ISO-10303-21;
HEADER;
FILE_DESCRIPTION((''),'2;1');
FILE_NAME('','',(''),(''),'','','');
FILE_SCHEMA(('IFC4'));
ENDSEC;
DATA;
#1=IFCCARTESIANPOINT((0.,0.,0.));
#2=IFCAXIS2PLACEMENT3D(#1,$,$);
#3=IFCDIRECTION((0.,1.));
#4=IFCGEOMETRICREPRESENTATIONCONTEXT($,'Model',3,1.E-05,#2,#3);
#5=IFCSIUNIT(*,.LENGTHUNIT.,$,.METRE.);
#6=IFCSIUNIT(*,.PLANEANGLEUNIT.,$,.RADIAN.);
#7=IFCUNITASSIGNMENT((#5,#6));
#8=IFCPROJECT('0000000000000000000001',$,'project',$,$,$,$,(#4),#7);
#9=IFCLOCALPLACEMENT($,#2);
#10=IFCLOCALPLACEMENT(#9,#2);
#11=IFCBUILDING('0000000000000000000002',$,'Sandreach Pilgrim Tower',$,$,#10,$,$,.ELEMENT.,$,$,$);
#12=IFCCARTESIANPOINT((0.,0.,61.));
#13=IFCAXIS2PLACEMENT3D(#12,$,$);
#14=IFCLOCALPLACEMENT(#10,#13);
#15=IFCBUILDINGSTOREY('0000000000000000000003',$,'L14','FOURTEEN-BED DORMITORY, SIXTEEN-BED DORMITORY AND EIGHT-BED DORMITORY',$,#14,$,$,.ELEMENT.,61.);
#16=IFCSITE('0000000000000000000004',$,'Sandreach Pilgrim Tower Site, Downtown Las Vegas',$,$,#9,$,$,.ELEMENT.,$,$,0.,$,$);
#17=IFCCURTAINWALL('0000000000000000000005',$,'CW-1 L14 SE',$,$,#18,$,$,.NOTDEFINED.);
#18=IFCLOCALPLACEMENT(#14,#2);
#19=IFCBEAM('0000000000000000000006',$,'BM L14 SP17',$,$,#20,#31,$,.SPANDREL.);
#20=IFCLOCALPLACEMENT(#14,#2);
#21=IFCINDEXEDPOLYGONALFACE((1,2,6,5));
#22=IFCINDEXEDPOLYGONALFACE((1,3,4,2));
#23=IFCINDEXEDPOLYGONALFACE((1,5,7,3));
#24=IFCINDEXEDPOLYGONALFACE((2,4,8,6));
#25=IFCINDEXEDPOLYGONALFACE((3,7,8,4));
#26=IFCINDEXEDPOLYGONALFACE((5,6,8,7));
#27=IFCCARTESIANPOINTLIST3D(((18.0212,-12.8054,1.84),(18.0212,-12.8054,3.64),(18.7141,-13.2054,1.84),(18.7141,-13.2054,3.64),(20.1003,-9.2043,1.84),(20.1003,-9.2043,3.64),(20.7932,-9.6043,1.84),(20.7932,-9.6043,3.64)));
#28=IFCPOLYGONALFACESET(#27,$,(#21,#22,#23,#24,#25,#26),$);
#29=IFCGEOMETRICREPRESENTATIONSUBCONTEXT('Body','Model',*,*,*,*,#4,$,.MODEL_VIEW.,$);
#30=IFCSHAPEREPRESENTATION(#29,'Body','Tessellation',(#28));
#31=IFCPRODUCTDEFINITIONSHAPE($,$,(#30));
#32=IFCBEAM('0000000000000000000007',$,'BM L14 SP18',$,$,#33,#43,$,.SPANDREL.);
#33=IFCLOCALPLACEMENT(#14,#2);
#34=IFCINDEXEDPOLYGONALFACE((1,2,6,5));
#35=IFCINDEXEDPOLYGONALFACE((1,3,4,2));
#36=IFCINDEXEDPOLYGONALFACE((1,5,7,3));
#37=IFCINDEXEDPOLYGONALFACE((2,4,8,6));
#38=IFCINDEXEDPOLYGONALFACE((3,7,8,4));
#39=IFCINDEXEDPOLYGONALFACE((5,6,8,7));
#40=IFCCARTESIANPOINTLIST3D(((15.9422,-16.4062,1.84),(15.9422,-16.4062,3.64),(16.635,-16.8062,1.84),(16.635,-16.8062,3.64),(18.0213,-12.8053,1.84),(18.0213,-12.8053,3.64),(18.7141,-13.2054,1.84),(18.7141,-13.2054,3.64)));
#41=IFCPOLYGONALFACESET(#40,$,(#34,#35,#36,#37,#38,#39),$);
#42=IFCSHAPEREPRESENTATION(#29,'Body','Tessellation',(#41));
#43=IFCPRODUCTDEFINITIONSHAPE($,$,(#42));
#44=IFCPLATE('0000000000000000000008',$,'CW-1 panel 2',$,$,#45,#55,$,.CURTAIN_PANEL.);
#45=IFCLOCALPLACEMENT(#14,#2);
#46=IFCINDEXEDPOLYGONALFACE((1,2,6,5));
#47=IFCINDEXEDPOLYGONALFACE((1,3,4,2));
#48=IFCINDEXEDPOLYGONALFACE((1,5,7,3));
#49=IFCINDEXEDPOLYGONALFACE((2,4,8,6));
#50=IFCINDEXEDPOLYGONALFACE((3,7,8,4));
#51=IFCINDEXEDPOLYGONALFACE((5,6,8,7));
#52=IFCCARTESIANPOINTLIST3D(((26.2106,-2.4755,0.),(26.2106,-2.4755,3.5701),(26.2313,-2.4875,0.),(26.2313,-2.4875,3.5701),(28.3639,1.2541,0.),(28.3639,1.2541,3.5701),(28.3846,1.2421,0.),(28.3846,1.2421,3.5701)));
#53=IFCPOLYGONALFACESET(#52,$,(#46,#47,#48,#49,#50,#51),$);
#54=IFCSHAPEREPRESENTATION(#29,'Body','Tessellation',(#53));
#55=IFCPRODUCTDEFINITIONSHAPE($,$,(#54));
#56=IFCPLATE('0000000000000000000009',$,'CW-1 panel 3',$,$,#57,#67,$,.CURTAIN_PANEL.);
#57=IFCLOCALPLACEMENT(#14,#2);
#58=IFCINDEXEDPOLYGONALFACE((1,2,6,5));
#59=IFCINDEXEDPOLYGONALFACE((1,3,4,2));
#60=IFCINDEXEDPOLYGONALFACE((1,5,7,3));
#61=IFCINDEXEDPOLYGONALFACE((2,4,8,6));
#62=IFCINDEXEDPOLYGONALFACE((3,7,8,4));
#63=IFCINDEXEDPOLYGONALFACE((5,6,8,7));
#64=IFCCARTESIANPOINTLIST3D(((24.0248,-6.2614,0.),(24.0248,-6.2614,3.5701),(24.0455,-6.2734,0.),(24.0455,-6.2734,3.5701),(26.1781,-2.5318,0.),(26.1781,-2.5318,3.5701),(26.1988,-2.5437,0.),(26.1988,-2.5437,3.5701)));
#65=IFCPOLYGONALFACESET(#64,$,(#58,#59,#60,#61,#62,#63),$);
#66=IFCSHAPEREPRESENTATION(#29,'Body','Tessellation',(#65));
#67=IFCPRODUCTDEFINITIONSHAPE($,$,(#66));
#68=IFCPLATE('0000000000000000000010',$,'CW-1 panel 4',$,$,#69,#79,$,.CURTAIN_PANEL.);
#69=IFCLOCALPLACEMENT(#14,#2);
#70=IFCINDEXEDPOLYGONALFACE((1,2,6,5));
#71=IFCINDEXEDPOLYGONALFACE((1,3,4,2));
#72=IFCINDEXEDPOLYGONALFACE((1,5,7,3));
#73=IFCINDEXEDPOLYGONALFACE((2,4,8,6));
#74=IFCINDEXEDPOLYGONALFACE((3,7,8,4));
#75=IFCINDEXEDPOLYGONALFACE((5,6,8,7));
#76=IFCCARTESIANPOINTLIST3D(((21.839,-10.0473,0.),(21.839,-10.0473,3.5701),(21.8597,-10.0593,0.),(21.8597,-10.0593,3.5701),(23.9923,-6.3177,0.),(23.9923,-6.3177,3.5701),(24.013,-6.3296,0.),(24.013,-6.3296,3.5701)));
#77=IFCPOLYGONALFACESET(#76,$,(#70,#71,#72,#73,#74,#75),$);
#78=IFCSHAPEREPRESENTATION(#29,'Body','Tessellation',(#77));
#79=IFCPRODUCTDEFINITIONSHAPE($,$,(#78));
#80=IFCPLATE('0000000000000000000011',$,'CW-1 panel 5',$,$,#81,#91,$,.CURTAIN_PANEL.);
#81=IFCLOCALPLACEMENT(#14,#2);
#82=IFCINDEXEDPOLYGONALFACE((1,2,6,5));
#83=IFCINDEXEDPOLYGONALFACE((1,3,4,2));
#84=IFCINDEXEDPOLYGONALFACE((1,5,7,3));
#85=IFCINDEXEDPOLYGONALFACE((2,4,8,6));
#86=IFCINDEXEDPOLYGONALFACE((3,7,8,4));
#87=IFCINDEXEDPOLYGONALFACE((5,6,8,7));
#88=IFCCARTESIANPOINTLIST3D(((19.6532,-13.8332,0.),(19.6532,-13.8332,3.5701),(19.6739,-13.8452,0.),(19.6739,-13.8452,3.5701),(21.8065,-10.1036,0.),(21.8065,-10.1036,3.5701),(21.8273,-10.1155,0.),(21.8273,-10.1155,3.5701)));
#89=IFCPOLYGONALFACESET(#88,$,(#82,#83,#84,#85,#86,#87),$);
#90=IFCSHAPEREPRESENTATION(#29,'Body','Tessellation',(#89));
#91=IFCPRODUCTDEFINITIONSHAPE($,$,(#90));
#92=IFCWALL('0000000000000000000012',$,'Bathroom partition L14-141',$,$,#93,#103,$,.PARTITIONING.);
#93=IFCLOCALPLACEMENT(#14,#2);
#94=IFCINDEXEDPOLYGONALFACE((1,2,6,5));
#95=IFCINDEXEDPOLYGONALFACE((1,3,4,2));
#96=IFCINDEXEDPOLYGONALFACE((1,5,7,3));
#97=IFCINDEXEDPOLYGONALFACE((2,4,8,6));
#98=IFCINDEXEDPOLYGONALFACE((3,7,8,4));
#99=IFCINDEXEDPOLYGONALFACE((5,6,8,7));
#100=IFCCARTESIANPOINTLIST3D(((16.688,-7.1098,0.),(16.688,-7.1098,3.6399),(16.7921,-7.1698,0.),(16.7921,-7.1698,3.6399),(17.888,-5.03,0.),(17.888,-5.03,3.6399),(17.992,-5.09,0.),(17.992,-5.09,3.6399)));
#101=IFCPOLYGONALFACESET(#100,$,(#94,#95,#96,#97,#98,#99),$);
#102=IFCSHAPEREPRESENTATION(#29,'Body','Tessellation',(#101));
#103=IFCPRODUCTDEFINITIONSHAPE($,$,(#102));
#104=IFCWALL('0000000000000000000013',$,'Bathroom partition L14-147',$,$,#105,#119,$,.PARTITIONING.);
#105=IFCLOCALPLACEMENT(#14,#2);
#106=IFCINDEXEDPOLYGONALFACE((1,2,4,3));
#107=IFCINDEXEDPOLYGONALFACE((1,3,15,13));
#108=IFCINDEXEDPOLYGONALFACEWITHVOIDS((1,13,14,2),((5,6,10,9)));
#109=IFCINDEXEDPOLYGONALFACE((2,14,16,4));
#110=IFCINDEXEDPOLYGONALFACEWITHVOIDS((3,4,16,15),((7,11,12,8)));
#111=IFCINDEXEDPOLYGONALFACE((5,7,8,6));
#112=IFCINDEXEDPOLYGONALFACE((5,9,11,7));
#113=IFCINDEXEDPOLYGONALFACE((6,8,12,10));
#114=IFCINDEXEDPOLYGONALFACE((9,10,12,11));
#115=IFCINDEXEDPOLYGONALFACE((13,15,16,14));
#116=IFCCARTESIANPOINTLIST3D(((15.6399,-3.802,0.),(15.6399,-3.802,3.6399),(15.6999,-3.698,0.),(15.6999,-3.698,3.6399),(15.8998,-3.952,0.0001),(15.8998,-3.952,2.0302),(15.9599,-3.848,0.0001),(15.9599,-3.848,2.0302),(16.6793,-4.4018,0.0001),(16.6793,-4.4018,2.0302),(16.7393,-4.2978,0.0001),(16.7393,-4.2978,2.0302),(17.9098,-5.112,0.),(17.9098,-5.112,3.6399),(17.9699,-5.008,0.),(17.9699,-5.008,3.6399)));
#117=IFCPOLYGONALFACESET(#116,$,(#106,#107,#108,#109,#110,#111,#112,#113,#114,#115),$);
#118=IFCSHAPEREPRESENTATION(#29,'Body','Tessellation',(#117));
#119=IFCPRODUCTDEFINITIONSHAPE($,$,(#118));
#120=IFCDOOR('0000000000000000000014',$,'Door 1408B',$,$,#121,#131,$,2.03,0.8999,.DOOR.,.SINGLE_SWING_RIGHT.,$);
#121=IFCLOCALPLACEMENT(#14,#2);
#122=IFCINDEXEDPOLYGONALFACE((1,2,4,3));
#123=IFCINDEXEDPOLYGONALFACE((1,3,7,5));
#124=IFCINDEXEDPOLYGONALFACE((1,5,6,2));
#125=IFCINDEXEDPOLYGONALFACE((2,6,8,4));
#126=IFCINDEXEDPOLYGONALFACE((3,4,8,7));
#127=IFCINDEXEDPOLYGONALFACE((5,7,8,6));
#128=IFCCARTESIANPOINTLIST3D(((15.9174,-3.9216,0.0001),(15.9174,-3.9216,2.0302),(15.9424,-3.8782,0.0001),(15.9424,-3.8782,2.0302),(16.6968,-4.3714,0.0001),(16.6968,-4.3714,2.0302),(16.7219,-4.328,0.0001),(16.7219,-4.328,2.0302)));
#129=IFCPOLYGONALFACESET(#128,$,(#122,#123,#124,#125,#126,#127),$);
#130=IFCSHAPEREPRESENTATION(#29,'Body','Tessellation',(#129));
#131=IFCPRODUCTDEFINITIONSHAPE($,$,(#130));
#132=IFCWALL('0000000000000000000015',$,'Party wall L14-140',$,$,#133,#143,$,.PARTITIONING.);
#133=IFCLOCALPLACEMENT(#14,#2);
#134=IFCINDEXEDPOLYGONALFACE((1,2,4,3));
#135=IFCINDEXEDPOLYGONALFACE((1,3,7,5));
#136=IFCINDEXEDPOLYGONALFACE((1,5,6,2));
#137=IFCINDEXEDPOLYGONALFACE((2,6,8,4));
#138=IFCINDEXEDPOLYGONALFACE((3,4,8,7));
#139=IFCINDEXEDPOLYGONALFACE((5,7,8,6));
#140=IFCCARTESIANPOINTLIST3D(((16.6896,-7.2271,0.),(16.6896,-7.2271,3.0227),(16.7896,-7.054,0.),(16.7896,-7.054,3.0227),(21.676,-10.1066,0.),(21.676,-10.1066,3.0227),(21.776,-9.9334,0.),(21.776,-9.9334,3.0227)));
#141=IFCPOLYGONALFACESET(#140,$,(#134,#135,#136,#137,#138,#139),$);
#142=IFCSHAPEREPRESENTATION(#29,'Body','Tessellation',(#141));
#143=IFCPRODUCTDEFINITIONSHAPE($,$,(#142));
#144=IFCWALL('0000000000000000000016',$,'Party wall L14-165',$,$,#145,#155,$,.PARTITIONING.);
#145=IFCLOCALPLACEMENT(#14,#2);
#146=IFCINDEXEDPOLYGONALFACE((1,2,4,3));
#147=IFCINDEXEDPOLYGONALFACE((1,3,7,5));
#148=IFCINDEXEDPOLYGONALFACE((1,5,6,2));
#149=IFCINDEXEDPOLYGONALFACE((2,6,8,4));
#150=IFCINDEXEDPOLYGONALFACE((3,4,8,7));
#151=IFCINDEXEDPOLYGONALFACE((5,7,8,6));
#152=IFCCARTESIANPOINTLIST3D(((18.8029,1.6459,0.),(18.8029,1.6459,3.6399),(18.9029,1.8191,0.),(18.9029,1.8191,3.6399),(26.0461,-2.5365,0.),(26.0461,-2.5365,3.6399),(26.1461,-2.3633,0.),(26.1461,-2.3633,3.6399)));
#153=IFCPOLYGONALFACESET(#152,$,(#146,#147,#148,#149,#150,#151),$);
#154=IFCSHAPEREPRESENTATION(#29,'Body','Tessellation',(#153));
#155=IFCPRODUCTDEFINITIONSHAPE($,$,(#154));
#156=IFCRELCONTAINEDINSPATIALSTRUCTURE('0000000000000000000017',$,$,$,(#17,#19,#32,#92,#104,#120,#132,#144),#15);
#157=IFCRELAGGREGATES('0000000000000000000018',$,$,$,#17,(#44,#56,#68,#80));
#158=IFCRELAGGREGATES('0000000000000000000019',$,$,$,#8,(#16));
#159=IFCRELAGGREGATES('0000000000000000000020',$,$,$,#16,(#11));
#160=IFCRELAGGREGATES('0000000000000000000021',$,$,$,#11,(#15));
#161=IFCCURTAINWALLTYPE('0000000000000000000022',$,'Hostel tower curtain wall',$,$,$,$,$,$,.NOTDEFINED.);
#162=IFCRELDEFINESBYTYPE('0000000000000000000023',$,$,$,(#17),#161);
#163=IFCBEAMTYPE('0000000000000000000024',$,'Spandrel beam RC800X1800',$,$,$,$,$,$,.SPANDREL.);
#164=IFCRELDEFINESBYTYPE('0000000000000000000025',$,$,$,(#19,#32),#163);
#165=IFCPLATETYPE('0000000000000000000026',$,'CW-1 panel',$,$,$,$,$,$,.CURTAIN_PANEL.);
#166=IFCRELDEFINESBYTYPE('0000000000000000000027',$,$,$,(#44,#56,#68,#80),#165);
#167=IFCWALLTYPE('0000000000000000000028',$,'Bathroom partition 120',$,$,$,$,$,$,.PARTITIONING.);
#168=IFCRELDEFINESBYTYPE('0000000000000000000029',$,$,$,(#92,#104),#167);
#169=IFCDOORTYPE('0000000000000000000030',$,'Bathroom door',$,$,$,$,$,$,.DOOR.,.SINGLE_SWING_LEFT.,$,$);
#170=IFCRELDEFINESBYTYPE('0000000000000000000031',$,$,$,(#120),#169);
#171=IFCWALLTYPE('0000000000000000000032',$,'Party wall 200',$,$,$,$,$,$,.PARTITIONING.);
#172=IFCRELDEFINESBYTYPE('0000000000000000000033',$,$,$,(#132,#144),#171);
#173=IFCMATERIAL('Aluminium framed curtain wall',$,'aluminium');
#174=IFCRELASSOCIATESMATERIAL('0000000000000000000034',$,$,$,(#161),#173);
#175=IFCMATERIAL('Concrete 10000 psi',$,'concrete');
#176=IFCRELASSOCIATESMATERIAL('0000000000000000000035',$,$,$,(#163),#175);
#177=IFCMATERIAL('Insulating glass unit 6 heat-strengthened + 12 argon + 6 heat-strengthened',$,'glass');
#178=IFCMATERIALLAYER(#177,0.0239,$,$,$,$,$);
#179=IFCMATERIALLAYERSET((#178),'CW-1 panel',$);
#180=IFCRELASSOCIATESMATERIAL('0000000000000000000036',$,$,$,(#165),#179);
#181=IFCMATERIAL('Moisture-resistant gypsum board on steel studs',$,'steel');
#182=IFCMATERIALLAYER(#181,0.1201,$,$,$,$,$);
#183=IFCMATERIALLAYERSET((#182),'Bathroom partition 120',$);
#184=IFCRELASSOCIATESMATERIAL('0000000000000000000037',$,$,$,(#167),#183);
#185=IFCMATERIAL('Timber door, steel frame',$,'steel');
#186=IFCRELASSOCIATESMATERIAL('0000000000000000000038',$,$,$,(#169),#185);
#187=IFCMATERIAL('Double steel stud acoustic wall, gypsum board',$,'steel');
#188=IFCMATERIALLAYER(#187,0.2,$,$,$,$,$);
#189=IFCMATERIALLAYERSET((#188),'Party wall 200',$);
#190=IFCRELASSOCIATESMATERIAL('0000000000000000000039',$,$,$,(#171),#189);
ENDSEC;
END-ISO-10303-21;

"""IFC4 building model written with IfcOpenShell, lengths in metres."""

from ifc_helpers import new_model, si_unit, direction, frame, frame_2d, origin, origin_2d, place, context, subcontext, project, spatial, rectangle, extrude, material, layer, layer_set, material_profile, profile_set, type_object, element, fill, aggregate, save


model = new_model("IFC4")

# Units and contexts
model_context = context("Model", 3, precision=1e-05, world=origin(), true_north=direction((0.0, 1.0)))
body_context = subcontext(model_context, "Body", "Model", "MODEL_VIEW")
ifc_project = project(units=[si_unit("LENGTHUNIT", "METRE"), si_unit("PLANEANGLEUNIT", "RADIAN")], contexts=[model_context])

# Site, building, storey
site_placement = place(None, origin())
site = spatial("IfcSite", under=ifc_project, at=site_placement, Name="Sandreach Pilgrim Tower Site, Downtown Las Vegas", CompositionType="ELEMENT", RefElevation=0.0)
building_placement = place(site_placement, origin())
building = spatial("IfcBuilding", under=site, at=building_placement, Name="Sandreach Pilgrim Tower", CompositionType="ELEMENT")
storey_placement = place(building_placement, frame((0.0, 0.0, 61.0)))
storey = spatial("IfcBuildingStorey", under=building, at=storey_placement, Name="L14", Description="FOURTEEN-BED DORMITORY, SIXTEEN-BED DORMITORY AND EIGHT-BED DORMITORY", CompositionType="ELEMENT", Elevation=61.0)

# Curtain wall
ifc_material_1 = material(Name="Aluminium framed curtain wall", Category="aluminium")
curtain_wall_type = type_object("IfcCurtainWallType", Name="Hostel tower curtain wall", PredefinedType="NOTDEFINED", material=ifc_material_1)
curtain_wall_placement = place(storey_placement, origin())
curtain_wall = element("IfcCurtainWall", 1, at=curtain_wall_placement, inside=storey, type_object=curtain_wall_type, Name="CW-1 L14 SE", PredefinedType="NOTDEFINED")

# Beams
ifc_material_2 = material(Name="Concrete 10000 psi", Category="concrete")
ifc_material_profile_1 = material_profile(ifc_material_2, rectangle(XDim=0.8, YDim=1.8, at=origin_2d()), Name="RC800X1800")
ifc_profile_set_1 = profile_set([ifc_material_profile_1], Name="Concrete 10000 psi")
beam_type_1 = type_object("IfcBeamType", Name="Spandrel beam RC800X1800", PredefinedType="SPANDREL", material=ifc_profile_set_1)
for number, where, z_axis, x_axis, name in (
    (2, (20.4468, -9.4043, 2.74), (-0.500004, -0.866023, 0.0), (0.866023, -0.500004, 0.0), "BM L14 SP17"),
):
    element("IfcBeam", number, at=place(storey_placement, frame(where, z_axis=z_axis, x_axis=x_axis)), inside=storey, type_object=beam_type_1, Name=name, PredefinedType="SPANDREL", context=body_context, shape_type="SweptSolid", body=[
        extrude(rectangle(XDim=0.8, YDim=1.8, at=origin_2d()), origin(), (0.0, 0.0, 1.0), 4.1582),
    ])
beam_1_placement = place(storey_placement, frame((18.3677, -13.0054, 2.74), z_axis=(-0.500029, -0.866009, 0.0), x_axis=(0.866009, -0.500029, 0.0)))
element("IfcBeam", 3, at=beam_1_placement, inside=storey, type_object=beam_type_1, Name="BM L14 SP18", PredefinedType="SPANDREL", context=body_context, shape_type="SweptSolid", body=[
    extrude(rectangle(XDim=0.8, YDim=1.8, at=origin_2d()), origin(), (0.0, 0.0, 1.0), 4.158),
])

# Plates
ifc_material_3 = material(Name="Insulating glass unit 6 heat-strengthened + 12 argon + 6 heat-strengthened", Category="glass")
ifc_layer_1 = layer(ifc_material_3, 0.0239)
ifc_layer_set_1 = layer_set([ifc_layer_1], Name="CW-1 panel")
plate_type = type_object("IfcPlateType", Name="CW-1 panel", PredefinedType="CURTAIN_PANEL", material=ifc_layer_set_1)
plate_1_placement = place(storey_placement, frame((27.2976, -0.6167, 0.0), z_axis=(0.0, 0.0, 1.0), x_axis=(-0.5, -0.866025, 0.0)))
plate_1 = element("IfcPlate", 4, at=plate_1_placement, type_object=plate_type, Name="CW-1 panel 2", PredefinedType="CURTAIN_PANEL", context=body_context, shape_type="SweptSolid", body=[
    extrude(rectangle(XDim=4.3066, YDim=0.0239, at=origin_2d()), origin(), (0.0, 0.0, 1.0), 3.5701),
])
plate_2_placement = place(storey_placement, frame((25.1118, -4.4026, 0.0), z_axis=(0.0, 0.0, 1.0), x_axis=(-0.5, -0.866025, 0.0)))
plate_2 = element("IfcPlate", 5, at=plate_2_placement, type_object=plate_type, Name="CW-1 panel 3", PredefinedType="CURTAIN_PANEL", context=body_context, shape_type="SweptSolid", body=[
    extrude(rectangle(XDim=4.3066, YDim=0.0239, at=origin_2d()), origin(), (0.0, 0.0, 1.0), 3.5701),
])
plate_3_placement = place(storey_placement, frame((22.926, -8.1885, 0.0), z_axis=(0.0, 0.0, 1.0), x_axis=(-0.5, -0.866025, 0.0)))
plate_3 = element("IfcPlate", 6, at=plate_3_placement, type_object=plate_type, Name="CW-1 panel 4", PredefinedType="CURTAIN_PANEL", context=body_context, shape_type="SweptSolid", body=[
    extrude(rectangle(XDim=4.3066, YDim=0.0239, at=origin_2d()), origin(), (0.0, 0.0, 1.0), 3.5701),
])
plate_4_placement = place(storey_placement, frame((20.7402, -11.9744, 0.0), z_axis=(0.0, 0.0, 1.0), x_axis=(-0.5, -0.866025, 0.0)))
plate_4 = element("IfcPlate", 7, at=plate_4_placement, type_object=plate_type, Name="CW-1 panel 5", PredefinedType="CURTAIN_PANEL", context=body_context, shape_type="SweptSolid", body=[
    extrude(rectangle(XDim=4.3066, YDim=0.0239, at=origin_2d()), origin(), (0.0, 0.0, 1.0), 3.5701),
])
aggregate(curtain_wall, [plate_1, plate_2, plate_3, plate_4])

# Wall
ifc_material_4 = material(Name="Moisture-resistant gypsum board on steel studs", Category="steel")
ifc_layer_2 = layer(ifc_material_4, 0.1201)
ifc_layer_set_2 = layer_set([ifc_layer_2], Name="Bathroom partition 120")
wall_type_1 = type_object("IfcWallType", Name="Bathroom partition 120", PredefinedType="PARTITIONING", material=ifc_layer_set_2)
wall_1_placement = place(storey_placement, frame((16.74, -7.1399, 0.0), z_axis=(0.0, 0.0, 1.0), x_axis=(0.499737, 0.866177, 0.0)))
element("IfcWall", 8, at=wall_1_placement, inside=storey, type_object=wall_type_1, Name="Bathroom partition L14-141", PredefinedType="PARTITIONING", context=body_context, shape_type="SweptSolid", body=[
    extrude(rectangle(XDim=2.4011, YDim=0.1201, at=frame_2d((1.2007, 0.0))), origin(), (0.0, 0.0, 1.0), 3.6399),
])

# Wall, opening, door
wall_2_placement = place(storey_placement, frame((17.9399, -5.0601, 0.0), z_axis=(0.0, 0.0, 1.0), x_axis=(-0.866114, 0.499846, 0.0)))
wall_2 = element("IfcWall", 9, at=wall_2_placement, inside=storey, type_object=wall_type_1, Name="Bathroom partition L14-147", PredefinedType="PARTITIONING", context=body_context, shape_type="SweptSolid", body=[
    extrude(rectangle(XDim=2.6208, YDim=0.1201, at=frame_2d((1.3105, 0.0))), origin(), (0.0, 0.0, 1.0), 3.6399),
])
opening_1_placement = place(wall_2_placement, frame((1.4209, 0.0, 0.0)))
opening_1 = element("IfcOpeningElement", 10, at=opening_1_placement, cuts=wall_2, PredefinedType="OPENING", context=body_context, shape_type="SweptSolid", body=[
    extrude(rectangle(XDim=0.8999, YDim=2.03, at=frame_2d((0.45, 1.0151))), frame((0.0, 0.0601, 0.0), z_axis=(0.0, -1.0, 0.0), x_axis=(1.0, 0.0, 0.0)), (0.0, 0.0, 1.0), 0.1201),
])
ifc_material_5 = material(Name="Timber door, steel frame", Category="steel")
door_type_1 = type_object("IfcDoorType", Name="Bathroom door", OperationType="SINGLE_SWING_LEFT", PredefinedType="DOOR", material=ifc_material_5)
door_1_placement = place(opening_1_placement, origin())
door_1 = element("IfcDoor", 11, at=door_1_placement, inside=storey, type_object=door_type_1, Name="Door 1408B", OperationType="SINGLE_SWING_RIGHT", OverallHeight=2.03, OverallWidth=0.8999, PredefinedType="DOOR", context=body_context, shape_type="SweptSolid", body=[
    extrude(rectangle(XDim=0.8999, YDim=2.03, at=frame_2d((0.45, 1.0151))), frame((0.0, 0.0249, 0.0), z_axis=(0.0, -1.0, 0.0), x_axis=(1.0, 0.0, 0.0)), (0.0, 0.0, 1.0), 0.05),
])
fill(opening_1, door_1)

# Walls
ifc_material_6 = material(Name="Double steel stud acoustic wall, gypsum board", Category="steel")
ifc_layer_3 = layer(ifc_material_6, 0.2)
ifc_layer_set_3 = layer_set([ifc_layer_3], Name="Party wall 200")
wall_type_2 = type_object("IfcWallType", Name="Party wall 200", PredefinedType="PARTITIONING", material=ifc_layer_set_3)
wall_3_placement = place(storey_placement, frame((16.7397, -7.1406, 0.0), z_axis=(0.0, 0.0, 1.0), x_axis=(0.865985, -0.50007, 0.0)))
element("IfcWall", 12, at=wall_3_placement, inside=storey, type_object=wall_type_2, Name="Party wall L14-140", PredefinedType="PARTITIONING", context=body_context, shape_type="SweptSolid", body=[
    extrude(rectangle(XDim=5.7581, YDim=0.2, at=frame_2d((2.8789, 0.0))), origin(), (0.0, 0.0, 1.0), 3.0227),
])
wall_4_placement = place(storey_placement, frame((26.0962, -2.45, 0.0), z_axis=(0.0, 0.0, 1.0), x_axis=(-0.865998, 0.500048, 0.0)))
element("IfcWall", 13, at=wall_4_placement, inside=storey, type_object=wall_type_2, Name="Party wall L14-165", PredefinedType="PARTITIONING", context=body_context, shape_type="SweptSolid", body=[
    extrude(rectangle(XDim=8.364, YDim=0.2, at=frame_2d((4.1821, 0.0))), origin(), (0.0, 0.0, 1.0), 3.6399),
])

save(model, "model.ifc")
